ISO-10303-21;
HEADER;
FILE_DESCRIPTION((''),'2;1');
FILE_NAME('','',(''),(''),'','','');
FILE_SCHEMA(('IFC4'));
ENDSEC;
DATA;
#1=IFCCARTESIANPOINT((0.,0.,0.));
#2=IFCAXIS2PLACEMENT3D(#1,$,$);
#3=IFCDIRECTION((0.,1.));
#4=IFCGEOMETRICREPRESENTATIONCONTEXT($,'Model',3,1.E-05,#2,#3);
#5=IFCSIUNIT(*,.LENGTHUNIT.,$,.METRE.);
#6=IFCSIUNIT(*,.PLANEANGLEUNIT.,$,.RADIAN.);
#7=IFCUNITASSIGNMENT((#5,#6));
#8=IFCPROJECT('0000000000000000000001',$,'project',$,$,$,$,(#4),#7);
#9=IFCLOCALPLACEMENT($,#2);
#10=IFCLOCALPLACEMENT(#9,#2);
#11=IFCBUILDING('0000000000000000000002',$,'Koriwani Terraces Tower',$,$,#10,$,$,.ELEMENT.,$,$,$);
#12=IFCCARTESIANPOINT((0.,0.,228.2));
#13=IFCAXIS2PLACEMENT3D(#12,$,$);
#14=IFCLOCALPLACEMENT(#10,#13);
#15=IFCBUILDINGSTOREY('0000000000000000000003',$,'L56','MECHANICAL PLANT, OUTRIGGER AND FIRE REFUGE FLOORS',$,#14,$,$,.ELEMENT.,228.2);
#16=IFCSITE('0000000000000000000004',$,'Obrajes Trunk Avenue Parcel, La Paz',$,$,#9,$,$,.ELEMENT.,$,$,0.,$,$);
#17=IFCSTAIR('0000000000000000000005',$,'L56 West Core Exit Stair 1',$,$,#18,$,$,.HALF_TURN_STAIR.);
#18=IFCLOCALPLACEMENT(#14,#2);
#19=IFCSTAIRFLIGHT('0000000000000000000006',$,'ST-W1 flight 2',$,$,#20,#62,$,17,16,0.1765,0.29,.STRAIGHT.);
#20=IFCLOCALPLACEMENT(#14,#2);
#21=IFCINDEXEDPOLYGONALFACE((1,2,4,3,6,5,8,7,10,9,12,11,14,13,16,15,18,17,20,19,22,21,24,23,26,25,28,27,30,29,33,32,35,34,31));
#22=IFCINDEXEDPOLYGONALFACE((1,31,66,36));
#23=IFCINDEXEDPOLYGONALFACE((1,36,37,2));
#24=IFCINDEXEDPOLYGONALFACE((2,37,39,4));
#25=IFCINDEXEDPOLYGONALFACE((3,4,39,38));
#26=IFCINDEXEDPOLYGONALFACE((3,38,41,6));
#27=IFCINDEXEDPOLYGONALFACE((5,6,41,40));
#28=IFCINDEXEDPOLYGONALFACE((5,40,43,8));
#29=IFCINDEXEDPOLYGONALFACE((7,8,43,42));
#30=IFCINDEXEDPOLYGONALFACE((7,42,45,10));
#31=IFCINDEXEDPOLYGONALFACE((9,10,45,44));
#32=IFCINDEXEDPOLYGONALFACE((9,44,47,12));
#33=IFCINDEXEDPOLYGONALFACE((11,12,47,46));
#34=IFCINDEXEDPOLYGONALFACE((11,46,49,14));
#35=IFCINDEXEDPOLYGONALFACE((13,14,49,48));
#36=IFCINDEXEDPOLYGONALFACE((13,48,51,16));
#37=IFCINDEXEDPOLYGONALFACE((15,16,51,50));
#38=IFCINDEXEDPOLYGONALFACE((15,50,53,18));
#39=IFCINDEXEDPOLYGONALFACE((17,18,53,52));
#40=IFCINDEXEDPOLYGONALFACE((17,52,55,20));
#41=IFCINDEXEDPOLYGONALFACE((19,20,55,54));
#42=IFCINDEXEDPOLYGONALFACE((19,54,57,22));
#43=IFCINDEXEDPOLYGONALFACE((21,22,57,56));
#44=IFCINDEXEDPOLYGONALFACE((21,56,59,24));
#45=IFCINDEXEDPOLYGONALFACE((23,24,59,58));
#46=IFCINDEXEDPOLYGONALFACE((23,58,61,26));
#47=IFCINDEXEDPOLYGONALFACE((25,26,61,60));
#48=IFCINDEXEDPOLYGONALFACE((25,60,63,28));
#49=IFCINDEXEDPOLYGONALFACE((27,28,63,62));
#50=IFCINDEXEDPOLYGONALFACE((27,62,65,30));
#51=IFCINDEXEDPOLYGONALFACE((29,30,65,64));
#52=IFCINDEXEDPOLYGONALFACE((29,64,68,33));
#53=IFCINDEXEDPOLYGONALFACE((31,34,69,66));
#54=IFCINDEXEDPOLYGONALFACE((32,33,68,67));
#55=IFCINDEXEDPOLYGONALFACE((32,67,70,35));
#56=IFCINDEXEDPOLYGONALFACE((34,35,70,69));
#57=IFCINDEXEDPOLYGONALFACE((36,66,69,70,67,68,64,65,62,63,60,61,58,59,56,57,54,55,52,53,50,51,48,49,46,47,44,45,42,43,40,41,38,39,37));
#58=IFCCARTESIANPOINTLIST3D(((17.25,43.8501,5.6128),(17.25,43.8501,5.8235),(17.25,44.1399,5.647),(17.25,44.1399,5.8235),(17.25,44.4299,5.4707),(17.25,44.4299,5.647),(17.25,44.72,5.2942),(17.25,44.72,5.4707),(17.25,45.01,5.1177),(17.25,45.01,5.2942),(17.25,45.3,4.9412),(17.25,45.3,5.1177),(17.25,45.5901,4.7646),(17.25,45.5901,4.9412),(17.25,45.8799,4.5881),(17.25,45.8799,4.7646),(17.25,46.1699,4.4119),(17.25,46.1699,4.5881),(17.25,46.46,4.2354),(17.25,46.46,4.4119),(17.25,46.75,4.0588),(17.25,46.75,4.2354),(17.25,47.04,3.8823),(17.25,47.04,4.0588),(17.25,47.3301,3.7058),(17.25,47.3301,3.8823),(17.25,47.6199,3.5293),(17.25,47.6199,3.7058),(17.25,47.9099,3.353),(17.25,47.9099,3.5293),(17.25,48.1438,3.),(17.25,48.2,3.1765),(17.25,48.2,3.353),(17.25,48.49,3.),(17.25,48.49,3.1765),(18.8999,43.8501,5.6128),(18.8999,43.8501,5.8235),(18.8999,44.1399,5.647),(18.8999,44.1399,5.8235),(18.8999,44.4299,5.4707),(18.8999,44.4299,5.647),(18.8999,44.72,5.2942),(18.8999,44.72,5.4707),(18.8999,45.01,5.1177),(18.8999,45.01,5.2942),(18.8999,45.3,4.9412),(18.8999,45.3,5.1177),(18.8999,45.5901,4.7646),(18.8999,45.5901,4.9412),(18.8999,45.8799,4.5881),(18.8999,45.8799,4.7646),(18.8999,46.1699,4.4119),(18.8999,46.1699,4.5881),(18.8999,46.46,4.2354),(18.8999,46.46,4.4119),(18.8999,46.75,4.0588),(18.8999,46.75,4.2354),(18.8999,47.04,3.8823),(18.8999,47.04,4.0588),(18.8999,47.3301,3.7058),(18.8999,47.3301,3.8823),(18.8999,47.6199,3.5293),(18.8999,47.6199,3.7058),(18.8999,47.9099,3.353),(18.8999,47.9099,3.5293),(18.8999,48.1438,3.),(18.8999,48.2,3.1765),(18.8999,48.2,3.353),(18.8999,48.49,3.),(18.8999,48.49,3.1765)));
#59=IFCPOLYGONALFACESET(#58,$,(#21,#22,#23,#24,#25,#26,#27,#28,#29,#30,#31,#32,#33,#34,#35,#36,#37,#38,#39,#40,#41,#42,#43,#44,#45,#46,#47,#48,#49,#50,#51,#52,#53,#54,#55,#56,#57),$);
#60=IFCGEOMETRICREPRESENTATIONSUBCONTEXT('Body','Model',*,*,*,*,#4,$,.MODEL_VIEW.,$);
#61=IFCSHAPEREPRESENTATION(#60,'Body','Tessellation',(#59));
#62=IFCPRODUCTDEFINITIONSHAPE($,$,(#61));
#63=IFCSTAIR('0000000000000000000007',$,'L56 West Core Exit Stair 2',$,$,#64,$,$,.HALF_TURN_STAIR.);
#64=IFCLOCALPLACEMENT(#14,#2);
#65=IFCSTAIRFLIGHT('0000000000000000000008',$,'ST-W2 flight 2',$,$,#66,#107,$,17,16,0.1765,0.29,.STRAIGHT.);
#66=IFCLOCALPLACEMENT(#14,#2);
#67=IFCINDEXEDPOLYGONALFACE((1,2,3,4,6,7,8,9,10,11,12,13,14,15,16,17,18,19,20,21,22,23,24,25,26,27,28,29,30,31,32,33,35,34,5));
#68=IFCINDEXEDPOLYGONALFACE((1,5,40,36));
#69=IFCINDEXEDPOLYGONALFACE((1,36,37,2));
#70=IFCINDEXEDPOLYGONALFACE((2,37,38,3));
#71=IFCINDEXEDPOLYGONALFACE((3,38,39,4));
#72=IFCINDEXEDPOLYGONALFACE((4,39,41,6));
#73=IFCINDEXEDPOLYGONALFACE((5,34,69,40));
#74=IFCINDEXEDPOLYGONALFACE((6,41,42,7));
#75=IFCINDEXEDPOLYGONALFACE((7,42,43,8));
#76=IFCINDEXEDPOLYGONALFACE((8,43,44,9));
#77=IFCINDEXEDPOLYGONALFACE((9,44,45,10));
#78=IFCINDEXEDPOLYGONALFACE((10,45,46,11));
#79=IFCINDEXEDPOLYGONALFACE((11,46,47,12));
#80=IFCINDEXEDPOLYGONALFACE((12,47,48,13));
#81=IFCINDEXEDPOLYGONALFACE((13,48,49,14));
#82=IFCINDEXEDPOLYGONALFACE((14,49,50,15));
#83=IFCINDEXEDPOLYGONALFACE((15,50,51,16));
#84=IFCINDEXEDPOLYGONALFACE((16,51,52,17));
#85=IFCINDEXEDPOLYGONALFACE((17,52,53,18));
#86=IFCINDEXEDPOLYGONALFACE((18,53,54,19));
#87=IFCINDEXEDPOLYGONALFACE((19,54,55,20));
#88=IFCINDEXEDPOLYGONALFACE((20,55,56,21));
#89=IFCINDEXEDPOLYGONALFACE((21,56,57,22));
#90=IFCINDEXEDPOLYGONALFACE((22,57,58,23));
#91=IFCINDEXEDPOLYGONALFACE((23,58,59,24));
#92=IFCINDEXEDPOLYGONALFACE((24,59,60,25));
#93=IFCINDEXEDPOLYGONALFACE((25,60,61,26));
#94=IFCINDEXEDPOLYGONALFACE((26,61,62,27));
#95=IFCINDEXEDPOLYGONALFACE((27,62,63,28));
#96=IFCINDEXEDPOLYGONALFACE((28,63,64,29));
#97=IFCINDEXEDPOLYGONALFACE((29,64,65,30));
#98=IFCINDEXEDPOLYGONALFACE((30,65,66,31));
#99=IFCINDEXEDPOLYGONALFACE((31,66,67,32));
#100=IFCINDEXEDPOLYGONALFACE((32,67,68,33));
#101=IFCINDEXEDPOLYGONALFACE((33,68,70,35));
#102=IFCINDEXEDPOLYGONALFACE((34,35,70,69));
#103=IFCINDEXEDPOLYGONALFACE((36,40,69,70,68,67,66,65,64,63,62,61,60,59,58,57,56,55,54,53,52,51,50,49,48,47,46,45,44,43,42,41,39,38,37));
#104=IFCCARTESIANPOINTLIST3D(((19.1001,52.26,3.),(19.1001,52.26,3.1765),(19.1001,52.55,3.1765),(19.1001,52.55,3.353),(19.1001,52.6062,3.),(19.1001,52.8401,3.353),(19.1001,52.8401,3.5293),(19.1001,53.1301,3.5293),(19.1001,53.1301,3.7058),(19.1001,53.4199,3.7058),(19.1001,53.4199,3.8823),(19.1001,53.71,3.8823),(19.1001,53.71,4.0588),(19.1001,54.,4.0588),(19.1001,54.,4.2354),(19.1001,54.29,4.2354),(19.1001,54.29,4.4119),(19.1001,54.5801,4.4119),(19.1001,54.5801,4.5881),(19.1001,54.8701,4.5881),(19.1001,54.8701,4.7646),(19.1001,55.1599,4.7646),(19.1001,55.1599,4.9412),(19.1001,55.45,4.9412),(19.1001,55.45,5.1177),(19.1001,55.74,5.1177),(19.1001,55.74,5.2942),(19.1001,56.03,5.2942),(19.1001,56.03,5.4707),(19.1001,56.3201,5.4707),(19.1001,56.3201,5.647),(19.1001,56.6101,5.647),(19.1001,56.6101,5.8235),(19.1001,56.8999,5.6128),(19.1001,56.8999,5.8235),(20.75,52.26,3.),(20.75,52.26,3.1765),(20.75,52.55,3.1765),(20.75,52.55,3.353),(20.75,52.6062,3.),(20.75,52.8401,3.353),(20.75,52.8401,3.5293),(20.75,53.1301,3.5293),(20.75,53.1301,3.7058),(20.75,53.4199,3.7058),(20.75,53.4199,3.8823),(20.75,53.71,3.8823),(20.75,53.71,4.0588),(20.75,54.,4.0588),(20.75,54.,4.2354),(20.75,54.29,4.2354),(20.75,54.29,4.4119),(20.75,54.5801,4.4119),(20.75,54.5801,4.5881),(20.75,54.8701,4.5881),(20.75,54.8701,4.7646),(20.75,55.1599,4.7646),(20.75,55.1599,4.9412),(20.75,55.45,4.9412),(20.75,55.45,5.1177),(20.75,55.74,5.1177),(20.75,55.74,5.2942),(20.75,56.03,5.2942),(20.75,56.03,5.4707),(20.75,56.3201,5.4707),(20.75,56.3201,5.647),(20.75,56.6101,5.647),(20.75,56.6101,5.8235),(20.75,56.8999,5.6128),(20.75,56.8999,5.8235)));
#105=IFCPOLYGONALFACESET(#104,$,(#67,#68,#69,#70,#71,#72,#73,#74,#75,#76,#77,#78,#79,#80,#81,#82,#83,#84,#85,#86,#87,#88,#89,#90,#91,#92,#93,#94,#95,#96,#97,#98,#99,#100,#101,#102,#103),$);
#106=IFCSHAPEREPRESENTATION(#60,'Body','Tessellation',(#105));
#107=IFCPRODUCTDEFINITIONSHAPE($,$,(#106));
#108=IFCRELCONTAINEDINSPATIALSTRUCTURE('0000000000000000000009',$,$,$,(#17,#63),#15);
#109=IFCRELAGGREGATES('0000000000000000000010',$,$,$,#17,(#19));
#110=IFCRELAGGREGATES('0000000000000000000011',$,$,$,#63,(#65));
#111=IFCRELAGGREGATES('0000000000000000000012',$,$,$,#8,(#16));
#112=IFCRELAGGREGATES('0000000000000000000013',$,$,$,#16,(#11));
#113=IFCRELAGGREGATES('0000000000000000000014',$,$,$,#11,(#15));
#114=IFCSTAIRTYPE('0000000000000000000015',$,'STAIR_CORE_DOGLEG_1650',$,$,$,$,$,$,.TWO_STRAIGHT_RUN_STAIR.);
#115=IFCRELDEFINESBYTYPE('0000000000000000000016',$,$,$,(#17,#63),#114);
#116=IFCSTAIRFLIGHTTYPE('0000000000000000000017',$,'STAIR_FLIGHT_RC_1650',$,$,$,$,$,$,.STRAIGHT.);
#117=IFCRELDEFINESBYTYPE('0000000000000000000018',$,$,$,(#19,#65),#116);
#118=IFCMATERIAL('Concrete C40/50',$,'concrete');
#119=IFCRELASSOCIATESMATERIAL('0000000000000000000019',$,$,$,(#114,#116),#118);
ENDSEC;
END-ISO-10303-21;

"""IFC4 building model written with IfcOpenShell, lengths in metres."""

from ifc_helpers import new_model, si_unit, direction, frame, origin, place, context, subcontext, project, spatial, polyline, outline, extrude, material, type_object, element, aggregate, save


model = new_model("IFC4")

# Units and contexts
model_context = context("Model", 3, precision=1e-05, world=origin(), true_north=direction((0.0, 1.0)))
body_context = subcontext(model_context, "Body", "Model", "MODEL_VIEW")
ifc_project = project(units=[si_unit("LENGTHUNIT", "METRE"), si_unit("PLANEANGLEUNIT", "RADIAN")], contexts=[model_context])

# Site, building, storey
site_placement = place(None, origin())
site = spatial("IfcSite", under=ifc_project, at=site_placement, Name="Obrajes Trunk Avenue Parcel, La Paz", CompositionType="ELEMENT", RefElevation=0.0)
building_placement = place(site_placement, origin())
building = spatial("IfcBuilding", under=site, at=building_placement, Name="Koriwani Terraces Tower", CompositionType="ELEMENT")
storey_placement = place(building_placement, frame((0.0, 0.0, 228.2)))
storey = spatial("IfcBuildingStorey", under=building, at=storey_placement, Name="L56", Description="MECHANICAL PLANT, OUTRIGGER AND FIRE REFUGE FLOORS", CompositionType="ELEMENT", Elevation=228.2)

# Shared definitions
ifc_material_1 = material(Name="Concrete C40/50", Category="concrete")

# Stair, stair flight
stair_type = type_object("IfcStairType", Name="STAIR_CORE_DOGLEG_1650", PredefinedType="TWO_STRAIGHT_RUN_STAIR", material=ifc_material_1)
stair_1_placement = place(storey_placement, origin())
stair_1 = element("IfcStair", 1, at=stair_1_placement, inside=storey, type_object=stair_type, Name="L56 West Core Exit Stair 1", PredefinedType="HALF_TURN_STAIR")
stair_flight_type = type_object("IfcStairFlightType", Name="STAIR_FLIGHT_RC_1650", PredefinedType="STRAIGHT", material=ifc_material_1)
stair_flight_1_placement = place(storey_placement, frame((18.075, 48.49, 3.0), z_axis=(0.0, 0.0, 1.0), x_axis=(0.0, -1.0, 0.0)))
stair_flight_1 = element("IfcStairFlight", 2, at=stair_flight_1_placement, type_object=stair_flight_type, Name="ST-W1 flight 2", NumberOfRisers=17, NumberOfTreads=16, PredefinedType="STRAIGHT", RiserHeight=0.1765, TreadLength=0.29, context=body_context, shape_type="SweptSolid", body=[
    extrude(outline(polyline([(0.0, 0.0), (0.0, 0.1765), (0.29, 0.1765), (0.29, 0.353), (0.5801, 0.353), (0.5801, 0.5293), (0.8701, 0.5293), (0.8701, 0.7058), (1.1599, 0.7058), (1.1599, 0.8823), (1.45, 0.8823), (1.45, 1.0588), (1.74, 1.0588), (1.74, 1.2354), (2.03, 1.2354), (2.03, 1.4119), (2.3201, 1.4119), (2.3201, 1.5881), (2.6101, 1.5881), (2.6101, 1.7646), (2.8999, 1.7646), (2.8999, 1.9412), (3.1899, 1.9412), (3.1899, 2.1177), (3.48, 2.1177), (3.48, 2.2942), (3.77, 2.2942), (3.77, 2.4707), (4.0601, 2.4707), (4.0601, 2.647), (4.3501, 2.647), (4.3501, 2.8235), (4.6399, 2.8235), (4.6399, 3.0), (4.6399, 2.6128), (0.3462, 0.0), (0.0, 0.0)])), frame((0.0, 0.825, 0.0), z_axis=(0.0, -1.0, 0.0), x_axis=(1.0, 0.0, 0.0)), (0.0, 0.0, 1.0), 1.6499),
])
aggregate(stair_1, [stair_flight_1])

# Stair, stair flight
stair_2_placement = place(storey_placement, origin())
stair_2 = element("IfcStair", 3, at=stair_2_placement, inside=storey, type_object=stair_type, Name="L56 West Core Exit Stair 2", PredefinedType="HALF_TURN_STAIR")
stair_flight_2_placement = place(storey_placement, frame((19.925, 52.26, 3.0), z_axis=(0.0, 0.0, 1.0), x_axis=(0.0, 1.0, 0.0)))
stair_flight_2 = element("IfcStairFlight", 4, at=stair_flight_2_placement, type_object=stair_flight_type, Name="ST-W2 flight 2", NumberOfRisers=17, NumberOfTreads=16, PredefinedType="STRAIGHT", RiserHeight=0.1765, TreadLength=0.29, context=body_context, shape_type="SweptSolid", body=[
    extrude(outline(polyline([(0.0, 0.0), (0.0, 0.1765), (0.29, 0.1765), (0.29, 0.353), (0.5801, 0.353), (0.5801, 0.5293), (0.8701, 0.5293), (0.8701, 0.7058), (1.1599, 0.7058), (1.1599, 0.8823), (1.45, 0.8823), (1.45, 1.0588), (1.74, 1.0588), (1.74, 1.2354), (2.03, 1.2354), (2.03, 1.4119), (2.3201, 1.4119), (2.3201, 1.5881), (2.6101, 1.5881), (2.6101, 1.7646), (2.8999, 1.7646), (2.8999, 1.9412), (3.1899, 1.9412), (3.1899, 2.1177), (3.48, 2.1177), (3.48, 2.2942), (3.77, 2.2942), (3.77, 2.4707), (4.0601, 2.4707), (4.0601, 2.647), (4.3501, 2.647), (4.3501, 2.8235), (4.6399, 2.8235), (4.6399, 3.0), (4.6399, 2.6128), (0.3462, 0.0), (0.0, 0.0)])), frame((0.0, 0.825, 0.0), z_axis=(0.0, -1.0, 0.0), x_axis=(1.0, 0.0, 0.0)), (0.0, 0.0, 1.0), 1.6499),
])
aggregate(stair_2, [stair_flight_2])

save(model, "model.ifc")
